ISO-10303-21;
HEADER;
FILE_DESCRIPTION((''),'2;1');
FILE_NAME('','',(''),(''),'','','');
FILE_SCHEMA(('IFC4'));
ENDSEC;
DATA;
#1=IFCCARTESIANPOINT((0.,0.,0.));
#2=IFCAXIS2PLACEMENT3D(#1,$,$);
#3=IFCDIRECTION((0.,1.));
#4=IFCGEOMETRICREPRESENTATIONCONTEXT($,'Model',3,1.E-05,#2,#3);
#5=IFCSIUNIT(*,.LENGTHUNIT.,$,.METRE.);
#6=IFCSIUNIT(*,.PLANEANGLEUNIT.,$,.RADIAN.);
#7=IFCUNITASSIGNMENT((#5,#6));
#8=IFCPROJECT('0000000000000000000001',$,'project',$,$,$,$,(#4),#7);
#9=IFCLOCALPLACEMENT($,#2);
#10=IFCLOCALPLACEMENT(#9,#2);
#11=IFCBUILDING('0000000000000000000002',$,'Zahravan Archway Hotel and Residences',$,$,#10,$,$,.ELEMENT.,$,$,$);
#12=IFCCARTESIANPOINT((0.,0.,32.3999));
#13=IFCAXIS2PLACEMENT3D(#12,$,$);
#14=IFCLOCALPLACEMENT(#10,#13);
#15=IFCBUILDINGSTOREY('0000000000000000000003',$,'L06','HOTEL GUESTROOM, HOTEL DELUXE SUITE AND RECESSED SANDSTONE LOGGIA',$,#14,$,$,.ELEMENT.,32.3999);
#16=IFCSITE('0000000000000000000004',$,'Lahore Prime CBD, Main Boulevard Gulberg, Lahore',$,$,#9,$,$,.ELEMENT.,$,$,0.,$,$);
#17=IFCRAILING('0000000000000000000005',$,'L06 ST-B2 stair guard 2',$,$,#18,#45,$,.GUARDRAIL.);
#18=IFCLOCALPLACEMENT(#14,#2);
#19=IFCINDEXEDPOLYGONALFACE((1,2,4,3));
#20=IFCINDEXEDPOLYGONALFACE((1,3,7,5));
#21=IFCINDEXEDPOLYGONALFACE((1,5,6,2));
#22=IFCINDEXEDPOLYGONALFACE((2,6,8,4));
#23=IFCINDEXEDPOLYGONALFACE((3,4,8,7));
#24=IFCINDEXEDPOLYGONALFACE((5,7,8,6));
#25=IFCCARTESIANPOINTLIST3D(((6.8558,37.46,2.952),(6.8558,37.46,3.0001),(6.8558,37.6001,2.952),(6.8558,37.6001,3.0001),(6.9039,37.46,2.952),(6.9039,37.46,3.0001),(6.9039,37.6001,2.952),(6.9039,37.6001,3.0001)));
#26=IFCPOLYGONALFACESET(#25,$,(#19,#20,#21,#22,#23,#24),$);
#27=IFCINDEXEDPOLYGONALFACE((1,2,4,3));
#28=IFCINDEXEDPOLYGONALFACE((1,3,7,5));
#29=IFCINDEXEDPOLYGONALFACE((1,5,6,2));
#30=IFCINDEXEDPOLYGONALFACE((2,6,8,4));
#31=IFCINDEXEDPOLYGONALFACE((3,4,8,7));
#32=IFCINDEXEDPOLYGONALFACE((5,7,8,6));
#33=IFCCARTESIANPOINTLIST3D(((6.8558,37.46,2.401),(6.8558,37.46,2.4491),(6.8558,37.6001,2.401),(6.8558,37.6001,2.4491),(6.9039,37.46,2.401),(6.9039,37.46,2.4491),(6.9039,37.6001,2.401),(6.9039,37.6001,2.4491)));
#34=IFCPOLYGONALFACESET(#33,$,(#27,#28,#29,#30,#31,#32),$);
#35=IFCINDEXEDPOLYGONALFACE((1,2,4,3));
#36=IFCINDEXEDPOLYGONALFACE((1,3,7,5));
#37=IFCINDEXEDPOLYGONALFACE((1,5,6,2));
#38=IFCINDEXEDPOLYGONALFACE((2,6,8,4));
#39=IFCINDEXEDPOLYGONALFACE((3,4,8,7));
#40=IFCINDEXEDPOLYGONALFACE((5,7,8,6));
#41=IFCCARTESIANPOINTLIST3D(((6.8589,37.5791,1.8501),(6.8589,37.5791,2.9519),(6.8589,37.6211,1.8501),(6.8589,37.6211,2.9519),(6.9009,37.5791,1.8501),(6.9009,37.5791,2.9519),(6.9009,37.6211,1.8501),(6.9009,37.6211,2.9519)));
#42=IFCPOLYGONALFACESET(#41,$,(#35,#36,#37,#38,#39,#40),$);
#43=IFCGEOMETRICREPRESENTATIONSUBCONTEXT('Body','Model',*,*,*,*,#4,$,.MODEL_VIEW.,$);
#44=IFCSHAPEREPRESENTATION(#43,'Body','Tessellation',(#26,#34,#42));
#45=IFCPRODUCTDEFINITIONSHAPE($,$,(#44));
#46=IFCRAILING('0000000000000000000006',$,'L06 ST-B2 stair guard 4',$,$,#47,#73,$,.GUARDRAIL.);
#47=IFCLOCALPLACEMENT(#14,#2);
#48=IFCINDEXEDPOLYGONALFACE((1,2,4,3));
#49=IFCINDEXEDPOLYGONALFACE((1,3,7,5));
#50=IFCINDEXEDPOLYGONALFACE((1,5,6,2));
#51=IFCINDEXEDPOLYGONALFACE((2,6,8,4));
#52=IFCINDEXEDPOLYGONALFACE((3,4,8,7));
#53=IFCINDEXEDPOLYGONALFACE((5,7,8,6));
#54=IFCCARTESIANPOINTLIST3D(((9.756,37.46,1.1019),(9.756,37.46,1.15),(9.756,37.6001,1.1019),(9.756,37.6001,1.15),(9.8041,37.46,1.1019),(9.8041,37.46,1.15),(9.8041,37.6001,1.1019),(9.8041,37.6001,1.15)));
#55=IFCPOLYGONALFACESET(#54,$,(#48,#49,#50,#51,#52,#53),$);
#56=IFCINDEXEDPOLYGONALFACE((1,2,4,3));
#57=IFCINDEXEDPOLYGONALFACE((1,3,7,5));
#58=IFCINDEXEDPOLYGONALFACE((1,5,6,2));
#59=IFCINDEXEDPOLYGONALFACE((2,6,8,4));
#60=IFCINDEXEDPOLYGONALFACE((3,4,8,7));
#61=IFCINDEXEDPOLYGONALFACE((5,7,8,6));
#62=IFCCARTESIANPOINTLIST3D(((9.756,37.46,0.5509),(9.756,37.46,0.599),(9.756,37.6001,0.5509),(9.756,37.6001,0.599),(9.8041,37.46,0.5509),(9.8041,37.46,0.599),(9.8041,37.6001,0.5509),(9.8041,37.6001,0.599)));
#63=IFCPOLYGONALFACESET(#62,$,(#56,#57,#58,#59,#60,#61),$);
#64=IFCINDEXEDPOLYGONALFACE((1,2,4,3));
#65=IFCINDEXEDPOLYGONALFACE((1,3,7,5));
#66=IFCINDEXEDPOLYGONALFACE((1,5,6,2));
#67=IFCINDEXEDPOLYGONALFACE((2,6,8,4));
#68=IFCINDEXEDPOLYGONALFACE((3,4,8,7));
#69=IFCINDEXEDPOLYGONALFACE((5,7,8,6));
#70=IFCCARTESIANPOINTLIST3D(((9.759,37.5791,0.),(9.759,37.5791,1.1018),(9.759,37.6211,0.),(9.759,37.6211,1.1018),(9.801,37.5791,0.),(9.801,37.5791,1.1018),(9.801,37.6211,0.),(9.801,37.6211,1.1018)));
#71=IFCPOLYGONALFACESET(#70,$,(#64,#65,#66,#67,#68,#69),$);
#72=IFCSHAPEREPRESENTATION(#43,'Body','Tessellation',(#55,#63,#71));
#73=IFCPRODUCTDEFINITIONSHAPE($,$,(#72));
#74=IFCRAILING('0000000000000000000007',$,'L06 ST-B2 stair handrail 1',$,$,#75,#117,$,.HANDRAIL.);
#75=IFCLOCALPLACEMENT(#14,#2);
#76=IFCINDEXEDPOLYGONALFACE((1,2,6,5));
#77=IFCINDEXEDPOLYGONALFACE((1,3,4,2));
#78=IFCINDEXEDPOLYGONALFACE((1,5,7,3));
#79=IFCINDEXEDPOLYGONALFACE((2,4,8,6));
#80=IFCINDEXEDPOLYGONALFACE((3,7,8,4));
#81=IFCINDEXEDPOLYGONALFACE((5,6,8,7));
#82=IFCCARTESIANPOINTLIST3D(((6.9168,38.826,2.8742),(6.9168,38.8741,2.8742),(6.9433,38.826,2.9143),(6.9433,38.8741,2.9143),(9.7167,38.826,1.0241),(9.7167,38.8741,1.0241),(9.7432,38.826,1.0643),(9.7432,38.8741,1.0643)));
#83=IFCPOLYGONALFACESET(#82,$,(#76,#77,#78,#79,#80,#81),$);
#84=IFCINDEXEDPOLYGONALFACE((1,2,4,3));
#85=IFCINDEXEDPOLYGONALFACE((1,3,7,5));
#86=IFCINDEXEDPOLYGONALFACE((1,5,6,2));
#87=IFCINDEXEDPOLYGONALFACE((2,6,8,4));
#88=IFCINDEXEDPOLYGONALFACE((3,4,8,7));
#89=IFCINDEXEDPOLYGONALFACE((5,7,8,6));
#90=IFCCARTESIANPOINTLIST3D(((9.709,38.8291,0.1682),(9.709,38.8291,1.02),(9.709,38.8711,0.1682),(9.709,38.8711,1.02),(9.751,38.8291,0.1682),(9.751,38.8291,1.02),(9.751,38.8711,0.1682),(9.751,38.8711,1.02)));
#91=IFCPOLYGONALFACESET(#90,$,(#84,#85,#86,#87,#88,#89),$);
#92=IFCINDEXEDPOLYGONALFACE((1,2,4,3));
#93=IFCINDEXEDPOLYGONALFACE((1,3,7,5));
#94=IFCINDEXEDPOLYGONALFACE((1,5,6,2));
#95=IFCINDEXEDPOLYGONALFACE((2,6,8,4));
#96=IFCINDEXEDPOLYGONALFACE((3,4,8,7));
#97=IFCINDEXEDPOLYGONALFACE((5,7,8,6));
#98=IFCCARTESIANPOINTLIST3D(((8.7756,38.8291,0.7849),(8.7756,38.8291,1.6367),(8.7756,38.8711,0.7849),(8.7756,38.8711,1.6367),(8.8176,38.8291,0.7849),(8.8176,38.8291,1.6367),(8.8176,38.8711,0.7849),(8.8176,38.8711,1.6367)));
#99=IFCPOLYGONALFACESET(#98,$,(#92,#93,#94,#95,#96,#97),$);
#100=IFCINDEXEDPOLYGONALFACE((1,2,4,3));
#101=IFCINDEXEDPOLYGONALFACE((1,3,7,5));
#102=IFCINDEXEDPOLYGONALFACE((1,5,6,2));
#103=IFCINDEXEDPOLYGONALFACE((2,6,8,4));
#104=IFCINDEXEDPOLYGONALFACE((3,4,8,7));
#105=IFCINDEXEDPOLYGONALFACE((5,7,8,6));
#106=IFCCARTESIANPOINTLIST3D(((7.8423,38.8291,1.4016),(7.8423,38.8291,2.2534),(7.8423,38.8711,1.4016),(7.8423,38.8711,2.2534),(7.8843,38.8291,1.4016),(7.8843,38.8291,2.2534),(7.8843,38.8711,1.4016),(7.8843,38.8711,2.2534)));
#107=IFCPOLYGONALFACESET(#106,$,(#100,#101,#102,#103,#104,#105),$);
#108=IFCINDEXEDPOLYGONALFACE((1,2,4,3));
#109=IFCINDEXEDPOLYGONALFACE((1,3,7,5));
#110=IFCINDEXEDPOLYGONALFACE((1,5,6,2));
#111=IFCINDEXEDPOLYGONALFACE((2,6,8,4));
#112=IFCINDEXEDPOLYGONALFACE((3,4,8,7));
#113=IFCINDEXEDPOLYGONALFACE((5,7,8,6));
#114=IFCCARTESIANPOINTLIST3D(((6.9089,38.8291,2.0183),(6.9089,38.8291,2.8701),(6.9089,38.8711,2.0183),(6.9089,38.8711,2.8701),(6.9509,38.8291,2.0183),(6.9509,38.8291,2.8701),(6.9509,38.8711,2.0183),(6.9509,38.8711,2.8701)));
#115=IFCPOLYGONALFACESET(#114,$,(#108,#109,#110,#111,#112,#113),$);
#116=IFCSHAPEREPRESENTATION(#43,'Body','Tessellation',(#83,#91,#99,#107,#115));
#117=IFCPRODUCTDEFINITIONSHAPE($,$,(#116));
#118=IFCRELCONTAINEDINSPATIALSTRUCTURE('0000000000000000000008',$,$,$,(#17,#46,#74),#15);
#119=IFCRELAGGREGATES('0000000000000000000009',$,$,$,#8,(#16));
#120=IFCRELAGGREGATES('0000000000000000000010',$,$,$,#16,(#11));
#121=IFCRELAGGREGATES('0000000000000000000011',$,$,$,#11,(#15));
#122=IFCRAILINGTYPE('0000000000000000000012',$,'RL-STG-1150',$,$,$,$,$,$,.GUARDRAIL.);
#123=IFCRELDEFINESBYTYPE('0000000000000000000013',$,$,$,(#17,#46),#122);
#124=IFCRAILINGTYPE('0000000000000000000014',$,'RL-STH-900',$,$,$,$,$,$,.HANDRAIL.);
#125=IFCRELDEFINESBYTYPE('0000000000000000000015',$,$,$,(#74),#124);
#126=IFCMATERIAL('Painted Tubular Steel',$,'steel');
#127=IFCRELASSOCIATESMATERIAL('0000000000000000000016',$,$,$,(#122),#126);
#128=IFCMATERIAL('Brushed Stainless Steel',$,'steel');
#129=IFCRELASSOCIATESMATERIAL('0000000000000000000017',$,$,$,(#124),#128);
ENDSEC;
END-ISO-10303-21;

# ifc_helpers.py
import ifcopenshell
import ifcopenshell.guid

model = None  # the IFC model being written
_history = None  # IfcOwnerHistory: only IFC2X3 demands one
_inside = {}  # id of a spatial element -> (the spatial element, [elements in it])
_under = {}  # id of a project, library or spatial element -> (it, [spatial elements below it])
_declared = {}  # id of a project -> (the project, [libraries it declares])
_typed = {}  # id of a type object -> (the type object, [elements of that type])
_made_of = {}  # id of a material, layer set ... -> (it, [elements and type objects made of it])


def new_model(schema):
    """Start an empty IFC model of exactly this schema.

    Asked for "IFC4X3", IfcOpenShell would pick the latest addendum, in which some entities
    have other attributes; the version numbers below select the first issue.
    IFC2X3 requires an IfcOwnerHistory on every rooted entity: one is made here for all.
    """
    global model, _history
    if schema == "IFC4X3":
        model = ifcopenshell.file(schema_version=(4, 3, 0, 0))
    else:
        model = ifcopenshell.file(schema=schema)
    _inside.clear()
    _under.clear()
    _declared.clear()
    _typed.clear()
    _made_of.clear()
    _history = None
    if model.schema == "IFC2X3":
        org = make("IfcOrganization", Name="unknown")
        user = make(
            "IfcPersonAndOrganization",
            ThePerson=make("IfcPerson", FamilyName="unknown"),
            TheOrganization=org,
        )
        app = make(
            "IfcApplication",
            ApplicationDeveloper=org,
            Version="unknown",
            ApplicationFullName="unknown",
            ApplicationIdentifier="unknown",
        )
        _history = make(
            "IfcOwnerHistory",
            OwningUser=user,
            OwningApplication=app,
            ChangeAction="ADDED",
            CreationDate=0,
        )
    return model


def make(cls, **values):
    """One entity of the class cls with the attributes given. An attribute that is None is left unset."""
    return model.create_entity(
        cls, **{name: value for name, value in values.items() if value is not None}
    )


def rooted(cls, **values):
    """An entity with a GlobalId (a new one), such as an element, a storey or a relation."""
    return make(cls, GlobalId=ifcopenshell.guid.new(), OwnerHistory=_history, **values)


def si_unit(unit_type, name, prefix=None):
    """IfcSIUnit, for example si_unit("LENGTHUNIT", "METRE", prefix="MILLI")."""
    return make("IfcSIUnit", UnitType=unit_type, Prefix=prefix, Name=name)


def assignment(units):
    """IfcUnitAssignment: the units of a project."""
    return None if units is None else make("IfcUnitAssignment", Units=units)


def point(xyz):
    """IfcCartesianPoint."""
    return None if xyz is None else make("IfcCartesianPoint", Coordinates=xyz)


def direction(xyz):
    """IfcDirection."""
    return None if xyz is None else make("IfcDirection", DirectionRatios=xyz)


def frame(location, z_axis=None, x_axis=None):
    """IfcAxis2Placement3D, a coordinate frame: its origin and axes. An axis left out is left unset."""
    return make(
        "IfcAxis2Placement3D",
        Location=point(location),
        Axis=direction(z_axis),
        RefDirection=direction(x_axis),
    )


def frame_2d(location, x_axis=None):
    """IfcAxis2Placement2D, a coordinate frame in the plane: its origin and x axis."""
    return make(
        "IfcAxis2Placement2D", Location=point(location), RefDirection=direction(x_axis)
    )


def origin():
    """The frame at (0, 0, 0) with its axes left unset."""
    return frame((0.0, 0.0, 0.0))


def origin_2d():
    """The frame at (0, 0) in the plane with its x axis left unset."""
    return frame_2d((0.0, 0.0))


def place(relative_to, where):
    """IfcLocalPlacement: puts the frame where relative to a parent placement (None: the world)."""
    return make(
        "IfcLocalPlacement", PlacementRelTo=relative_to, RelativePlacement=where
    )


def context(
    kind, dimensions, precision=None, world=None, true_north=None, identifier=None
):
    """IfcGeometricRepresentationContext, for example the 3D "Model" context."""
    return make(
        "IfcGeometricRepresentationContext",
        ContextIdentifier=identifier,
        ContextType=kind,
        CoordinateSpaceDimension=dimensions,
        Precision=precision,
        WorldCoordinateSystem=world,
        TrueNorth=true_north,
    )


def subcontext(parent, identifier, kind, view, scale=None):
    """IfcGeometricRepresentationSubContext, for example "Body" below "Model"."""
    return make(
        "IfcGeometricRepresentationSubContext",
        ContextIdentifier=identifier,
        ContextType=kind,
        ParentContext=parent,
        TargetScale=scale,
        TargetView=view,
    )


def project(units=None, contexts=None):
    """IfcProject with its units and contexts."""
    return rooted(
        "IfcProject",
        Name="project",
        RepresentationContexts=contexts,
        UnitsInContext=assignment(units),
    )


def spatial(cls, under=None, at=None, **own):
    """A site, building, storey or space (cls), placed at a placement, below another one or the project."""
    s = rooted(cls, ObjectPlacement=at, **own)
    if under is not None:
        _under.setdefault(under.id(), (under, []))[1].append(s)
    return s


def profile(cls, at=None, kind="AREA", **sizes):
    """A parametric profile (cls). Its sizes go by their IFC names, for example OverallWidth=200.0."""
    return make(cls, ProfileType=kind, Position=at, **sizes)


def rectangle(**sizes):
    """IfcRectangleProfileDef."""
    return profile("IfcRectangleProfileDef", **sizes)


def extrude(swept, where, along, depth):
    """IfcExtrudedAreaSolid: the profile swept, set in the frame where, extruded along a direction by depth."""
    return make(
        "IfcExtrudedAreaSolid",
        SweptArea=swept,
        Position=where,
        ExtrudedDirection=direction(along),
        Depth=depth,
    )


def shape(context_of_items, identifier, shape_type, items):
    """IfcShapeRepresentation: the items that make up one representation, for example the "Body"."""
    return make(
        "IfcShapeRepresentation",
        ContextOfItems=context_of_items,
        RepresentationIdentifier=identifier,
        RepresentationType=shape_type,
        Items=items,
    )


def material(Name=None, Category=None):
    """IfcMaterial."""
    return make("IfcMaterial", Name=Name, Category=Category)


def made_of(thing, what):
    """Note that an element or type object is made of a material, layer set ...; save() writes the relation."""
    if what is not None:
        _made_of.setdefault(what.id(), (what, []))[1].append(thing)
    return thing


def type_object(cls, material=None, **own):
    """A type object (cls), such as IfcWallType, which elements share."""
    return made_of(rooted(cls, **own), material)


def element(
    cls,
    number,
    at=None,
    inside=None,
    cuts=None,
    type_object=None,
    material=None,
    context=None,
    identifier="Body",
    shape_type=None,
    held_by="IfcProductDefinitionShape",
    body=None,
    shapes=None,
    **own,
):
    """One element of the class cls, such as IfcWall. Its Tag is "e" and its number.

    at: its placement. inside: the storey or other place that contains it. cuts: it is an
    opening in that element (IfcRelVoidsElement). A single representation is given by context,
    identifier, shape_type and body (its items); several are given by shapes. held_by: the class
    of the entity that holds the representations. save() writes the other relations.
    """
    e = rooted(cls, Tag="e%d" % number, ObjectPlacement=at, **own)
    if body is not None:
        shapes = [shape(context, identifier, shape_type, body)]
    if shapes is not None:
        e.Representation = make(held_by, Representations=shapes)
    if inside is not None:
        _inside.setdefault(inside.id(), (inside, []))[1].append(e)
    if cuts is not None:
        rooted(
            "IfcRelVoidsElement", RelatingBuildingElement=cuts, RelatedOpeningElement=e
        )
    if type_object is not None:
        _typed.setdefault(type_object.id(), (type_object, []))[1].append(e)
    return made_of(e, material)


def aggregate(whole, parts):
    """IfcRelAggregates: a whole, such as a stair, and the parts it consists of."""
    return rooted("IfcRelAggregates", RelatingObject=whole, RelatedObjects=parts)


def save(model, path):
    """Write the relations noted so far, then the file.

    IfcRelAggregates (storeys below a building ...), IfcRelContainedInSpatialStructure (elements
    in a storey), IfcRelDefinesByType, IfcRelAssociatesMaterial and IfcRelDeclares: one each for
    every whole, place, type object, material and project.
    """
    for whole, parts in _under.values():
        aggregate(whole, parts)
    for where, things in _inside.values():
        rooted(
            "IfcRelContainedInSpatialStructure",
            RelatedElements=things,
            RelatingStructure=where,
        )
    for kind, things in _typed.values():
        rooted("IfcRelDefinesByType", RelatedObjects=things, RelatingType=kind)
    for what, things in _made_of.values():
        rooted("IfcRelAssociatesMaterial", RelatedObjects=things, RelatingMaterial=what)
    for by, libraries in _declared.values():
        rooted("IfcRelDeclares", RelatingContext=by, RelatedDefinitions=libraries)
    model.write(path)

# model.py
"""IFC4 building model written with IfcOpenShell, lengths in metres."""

from ifc_helpers import new_model, si_unit, direction, frame, origin, origin_2d, place, context, subcontext, project, spatial, rectangle, extrude, material, type_object, element, save


model = new_model("IFC4")

# Units and contexts
model_context = context("Model", 3, precision=1e-05, world=origin(), true_north=direction((0.0, 1.0)))
body_context = subcontext(model_context, "Body", "Model", "MODEL_VIEW")
ifc_project = project(units=[si_unit("LENGTHUNIT", "METRE"), si_unit("PLANEANGLEUNIT", "RADIAN")], contexts=[model_context])

# Site, building, storey
site_placement = place(None, origin())
site = spatial("IfcSite", under=ifc_project, at=site_placement, Name="Lahore Prime CBD, Main Boulevard Gulberg, Lahore", CompositionType="ELEMENT", RefElevation=0.0)
building_placement = place(site_placement, origin())
building = spatial("IfcBuilding", under=site, at=building_placement, Name="Zahravan Archway Hotel and Residences", CompositionType="ELEMENT")
storey_placement = place(building_placement, frame((0.0, 0.0, 32.3999)))
storey = spatial("IfcBuildingStorey", under=building, at=storey_placement, Name="L06", Description="HOTEL GUESTROOM, HOTEL DELUXE SUITE AND RECESSED SANDSTONE LOGGIA", CompositionType="ELEMENT", Elevation=32.3999)

# Railings
ifc_material_1 = material(Name="Painted Tubular Steel", Category="steel")
railing_type_1 = type_object("IfcRailingType", Name="RL-STG-1150", PredefinedType="GUARDRAIL", material=ifc_material_1)
for number, where, name in (
    (1, (6.8799, 37.6001, 1.8501), "L06 ST-B2 stair guard 2"),
    (2, (9.78, 37.6001, 0.0), "L06 ST-B2 stair guard 4"),
):
    element("IfcRailing", number, at=place(storey_placement, frame(where)), inside=storey, type_object=railing_type_1, Name=name, PredefinedType="GUARDRAIL", context=body_context, shape_type="SweptSolid", body=[
        extrude(rectangle(XDim=0.0481, YDim=0.0481, at=origin_2d()), frame((0.0, 0.0, 1.126), z_axis=(0.0, -1.0, 0.0), x_axis=(1.0, 0.0, 0.0)), (0.0, 0.0, 1.0), 0.1401),
        extrude(rectangle(XDim=0.0481, YDim=0.0481, at=origin_2d()), frame((0.0, 0.0, 0.575), z_axis=(0.0, -1.0, 0.0), x_axis=(1.0, 0.0, 0.0)), (0.0, 0.0, 1.0), 0.1401),
        extrude(rectangle(XDim=0.042, YDim=0.042, at=origin_2d()), origin(), (0.0, 0.0, 1.0), 1.1018),
    ])
ifc_material_2 = material(Name="Brushed Stainless Steel", Category="steel")
railing_type_2 = type_object("IfcRailingType", Name="RL-STH-900", PredefinedType="HANDRAIL", material=ifc_material_2)
railing_1_placement = place(storey_placement, frame((9.73, 38.8501, 0.1682)))
element("IfcRailing", 3, at=railing_1_placement, inside=storey, type_object=railing_type_2, Name="L06 ST-B2 stair handrail 1", PredefinedType="HANDRAIL", context=body_context, shape_type="SweptSolid", body=[
    extrude(rectangle(XDim=0.0481, YDim=0.0481, at=origin_2d()), frame((0.0, 0.0, 0.876), z_axis=(-0.834326, 0.0, 0.551271), x_axis=(0.0, -1.0, 0.0)), (0.0, 0.0, 1.0), 3.356),
    extrude(rectangle(XDim=0.042, YDim=0.042, at=origin_2d()), origin(), (0.0, 0.0, 1.0), 0.8518),
    extrude(rectangle(XDim=0.042, YDim=0.042, at=origin_2d()), frame((-0.9333, 0.0, 0.6167)), (0.0, 0.0, 1.0), 0.8518),
    extrude(rectangle(XDim=0.042, YDim=0.042, at=origin_2d()), frame((-1.8667, 0.0, 1.2334)), (0.0, 0.0, 1.0), 0.8518),
    extrude(rectangle(XDim=0.042, YDim=0.042, at=origin_2d()), frame((-2.8, 0.0, 1.8501)), (0.0, 0.0, 1.0), 0.8518),
])

save(model, "model.ifc")
